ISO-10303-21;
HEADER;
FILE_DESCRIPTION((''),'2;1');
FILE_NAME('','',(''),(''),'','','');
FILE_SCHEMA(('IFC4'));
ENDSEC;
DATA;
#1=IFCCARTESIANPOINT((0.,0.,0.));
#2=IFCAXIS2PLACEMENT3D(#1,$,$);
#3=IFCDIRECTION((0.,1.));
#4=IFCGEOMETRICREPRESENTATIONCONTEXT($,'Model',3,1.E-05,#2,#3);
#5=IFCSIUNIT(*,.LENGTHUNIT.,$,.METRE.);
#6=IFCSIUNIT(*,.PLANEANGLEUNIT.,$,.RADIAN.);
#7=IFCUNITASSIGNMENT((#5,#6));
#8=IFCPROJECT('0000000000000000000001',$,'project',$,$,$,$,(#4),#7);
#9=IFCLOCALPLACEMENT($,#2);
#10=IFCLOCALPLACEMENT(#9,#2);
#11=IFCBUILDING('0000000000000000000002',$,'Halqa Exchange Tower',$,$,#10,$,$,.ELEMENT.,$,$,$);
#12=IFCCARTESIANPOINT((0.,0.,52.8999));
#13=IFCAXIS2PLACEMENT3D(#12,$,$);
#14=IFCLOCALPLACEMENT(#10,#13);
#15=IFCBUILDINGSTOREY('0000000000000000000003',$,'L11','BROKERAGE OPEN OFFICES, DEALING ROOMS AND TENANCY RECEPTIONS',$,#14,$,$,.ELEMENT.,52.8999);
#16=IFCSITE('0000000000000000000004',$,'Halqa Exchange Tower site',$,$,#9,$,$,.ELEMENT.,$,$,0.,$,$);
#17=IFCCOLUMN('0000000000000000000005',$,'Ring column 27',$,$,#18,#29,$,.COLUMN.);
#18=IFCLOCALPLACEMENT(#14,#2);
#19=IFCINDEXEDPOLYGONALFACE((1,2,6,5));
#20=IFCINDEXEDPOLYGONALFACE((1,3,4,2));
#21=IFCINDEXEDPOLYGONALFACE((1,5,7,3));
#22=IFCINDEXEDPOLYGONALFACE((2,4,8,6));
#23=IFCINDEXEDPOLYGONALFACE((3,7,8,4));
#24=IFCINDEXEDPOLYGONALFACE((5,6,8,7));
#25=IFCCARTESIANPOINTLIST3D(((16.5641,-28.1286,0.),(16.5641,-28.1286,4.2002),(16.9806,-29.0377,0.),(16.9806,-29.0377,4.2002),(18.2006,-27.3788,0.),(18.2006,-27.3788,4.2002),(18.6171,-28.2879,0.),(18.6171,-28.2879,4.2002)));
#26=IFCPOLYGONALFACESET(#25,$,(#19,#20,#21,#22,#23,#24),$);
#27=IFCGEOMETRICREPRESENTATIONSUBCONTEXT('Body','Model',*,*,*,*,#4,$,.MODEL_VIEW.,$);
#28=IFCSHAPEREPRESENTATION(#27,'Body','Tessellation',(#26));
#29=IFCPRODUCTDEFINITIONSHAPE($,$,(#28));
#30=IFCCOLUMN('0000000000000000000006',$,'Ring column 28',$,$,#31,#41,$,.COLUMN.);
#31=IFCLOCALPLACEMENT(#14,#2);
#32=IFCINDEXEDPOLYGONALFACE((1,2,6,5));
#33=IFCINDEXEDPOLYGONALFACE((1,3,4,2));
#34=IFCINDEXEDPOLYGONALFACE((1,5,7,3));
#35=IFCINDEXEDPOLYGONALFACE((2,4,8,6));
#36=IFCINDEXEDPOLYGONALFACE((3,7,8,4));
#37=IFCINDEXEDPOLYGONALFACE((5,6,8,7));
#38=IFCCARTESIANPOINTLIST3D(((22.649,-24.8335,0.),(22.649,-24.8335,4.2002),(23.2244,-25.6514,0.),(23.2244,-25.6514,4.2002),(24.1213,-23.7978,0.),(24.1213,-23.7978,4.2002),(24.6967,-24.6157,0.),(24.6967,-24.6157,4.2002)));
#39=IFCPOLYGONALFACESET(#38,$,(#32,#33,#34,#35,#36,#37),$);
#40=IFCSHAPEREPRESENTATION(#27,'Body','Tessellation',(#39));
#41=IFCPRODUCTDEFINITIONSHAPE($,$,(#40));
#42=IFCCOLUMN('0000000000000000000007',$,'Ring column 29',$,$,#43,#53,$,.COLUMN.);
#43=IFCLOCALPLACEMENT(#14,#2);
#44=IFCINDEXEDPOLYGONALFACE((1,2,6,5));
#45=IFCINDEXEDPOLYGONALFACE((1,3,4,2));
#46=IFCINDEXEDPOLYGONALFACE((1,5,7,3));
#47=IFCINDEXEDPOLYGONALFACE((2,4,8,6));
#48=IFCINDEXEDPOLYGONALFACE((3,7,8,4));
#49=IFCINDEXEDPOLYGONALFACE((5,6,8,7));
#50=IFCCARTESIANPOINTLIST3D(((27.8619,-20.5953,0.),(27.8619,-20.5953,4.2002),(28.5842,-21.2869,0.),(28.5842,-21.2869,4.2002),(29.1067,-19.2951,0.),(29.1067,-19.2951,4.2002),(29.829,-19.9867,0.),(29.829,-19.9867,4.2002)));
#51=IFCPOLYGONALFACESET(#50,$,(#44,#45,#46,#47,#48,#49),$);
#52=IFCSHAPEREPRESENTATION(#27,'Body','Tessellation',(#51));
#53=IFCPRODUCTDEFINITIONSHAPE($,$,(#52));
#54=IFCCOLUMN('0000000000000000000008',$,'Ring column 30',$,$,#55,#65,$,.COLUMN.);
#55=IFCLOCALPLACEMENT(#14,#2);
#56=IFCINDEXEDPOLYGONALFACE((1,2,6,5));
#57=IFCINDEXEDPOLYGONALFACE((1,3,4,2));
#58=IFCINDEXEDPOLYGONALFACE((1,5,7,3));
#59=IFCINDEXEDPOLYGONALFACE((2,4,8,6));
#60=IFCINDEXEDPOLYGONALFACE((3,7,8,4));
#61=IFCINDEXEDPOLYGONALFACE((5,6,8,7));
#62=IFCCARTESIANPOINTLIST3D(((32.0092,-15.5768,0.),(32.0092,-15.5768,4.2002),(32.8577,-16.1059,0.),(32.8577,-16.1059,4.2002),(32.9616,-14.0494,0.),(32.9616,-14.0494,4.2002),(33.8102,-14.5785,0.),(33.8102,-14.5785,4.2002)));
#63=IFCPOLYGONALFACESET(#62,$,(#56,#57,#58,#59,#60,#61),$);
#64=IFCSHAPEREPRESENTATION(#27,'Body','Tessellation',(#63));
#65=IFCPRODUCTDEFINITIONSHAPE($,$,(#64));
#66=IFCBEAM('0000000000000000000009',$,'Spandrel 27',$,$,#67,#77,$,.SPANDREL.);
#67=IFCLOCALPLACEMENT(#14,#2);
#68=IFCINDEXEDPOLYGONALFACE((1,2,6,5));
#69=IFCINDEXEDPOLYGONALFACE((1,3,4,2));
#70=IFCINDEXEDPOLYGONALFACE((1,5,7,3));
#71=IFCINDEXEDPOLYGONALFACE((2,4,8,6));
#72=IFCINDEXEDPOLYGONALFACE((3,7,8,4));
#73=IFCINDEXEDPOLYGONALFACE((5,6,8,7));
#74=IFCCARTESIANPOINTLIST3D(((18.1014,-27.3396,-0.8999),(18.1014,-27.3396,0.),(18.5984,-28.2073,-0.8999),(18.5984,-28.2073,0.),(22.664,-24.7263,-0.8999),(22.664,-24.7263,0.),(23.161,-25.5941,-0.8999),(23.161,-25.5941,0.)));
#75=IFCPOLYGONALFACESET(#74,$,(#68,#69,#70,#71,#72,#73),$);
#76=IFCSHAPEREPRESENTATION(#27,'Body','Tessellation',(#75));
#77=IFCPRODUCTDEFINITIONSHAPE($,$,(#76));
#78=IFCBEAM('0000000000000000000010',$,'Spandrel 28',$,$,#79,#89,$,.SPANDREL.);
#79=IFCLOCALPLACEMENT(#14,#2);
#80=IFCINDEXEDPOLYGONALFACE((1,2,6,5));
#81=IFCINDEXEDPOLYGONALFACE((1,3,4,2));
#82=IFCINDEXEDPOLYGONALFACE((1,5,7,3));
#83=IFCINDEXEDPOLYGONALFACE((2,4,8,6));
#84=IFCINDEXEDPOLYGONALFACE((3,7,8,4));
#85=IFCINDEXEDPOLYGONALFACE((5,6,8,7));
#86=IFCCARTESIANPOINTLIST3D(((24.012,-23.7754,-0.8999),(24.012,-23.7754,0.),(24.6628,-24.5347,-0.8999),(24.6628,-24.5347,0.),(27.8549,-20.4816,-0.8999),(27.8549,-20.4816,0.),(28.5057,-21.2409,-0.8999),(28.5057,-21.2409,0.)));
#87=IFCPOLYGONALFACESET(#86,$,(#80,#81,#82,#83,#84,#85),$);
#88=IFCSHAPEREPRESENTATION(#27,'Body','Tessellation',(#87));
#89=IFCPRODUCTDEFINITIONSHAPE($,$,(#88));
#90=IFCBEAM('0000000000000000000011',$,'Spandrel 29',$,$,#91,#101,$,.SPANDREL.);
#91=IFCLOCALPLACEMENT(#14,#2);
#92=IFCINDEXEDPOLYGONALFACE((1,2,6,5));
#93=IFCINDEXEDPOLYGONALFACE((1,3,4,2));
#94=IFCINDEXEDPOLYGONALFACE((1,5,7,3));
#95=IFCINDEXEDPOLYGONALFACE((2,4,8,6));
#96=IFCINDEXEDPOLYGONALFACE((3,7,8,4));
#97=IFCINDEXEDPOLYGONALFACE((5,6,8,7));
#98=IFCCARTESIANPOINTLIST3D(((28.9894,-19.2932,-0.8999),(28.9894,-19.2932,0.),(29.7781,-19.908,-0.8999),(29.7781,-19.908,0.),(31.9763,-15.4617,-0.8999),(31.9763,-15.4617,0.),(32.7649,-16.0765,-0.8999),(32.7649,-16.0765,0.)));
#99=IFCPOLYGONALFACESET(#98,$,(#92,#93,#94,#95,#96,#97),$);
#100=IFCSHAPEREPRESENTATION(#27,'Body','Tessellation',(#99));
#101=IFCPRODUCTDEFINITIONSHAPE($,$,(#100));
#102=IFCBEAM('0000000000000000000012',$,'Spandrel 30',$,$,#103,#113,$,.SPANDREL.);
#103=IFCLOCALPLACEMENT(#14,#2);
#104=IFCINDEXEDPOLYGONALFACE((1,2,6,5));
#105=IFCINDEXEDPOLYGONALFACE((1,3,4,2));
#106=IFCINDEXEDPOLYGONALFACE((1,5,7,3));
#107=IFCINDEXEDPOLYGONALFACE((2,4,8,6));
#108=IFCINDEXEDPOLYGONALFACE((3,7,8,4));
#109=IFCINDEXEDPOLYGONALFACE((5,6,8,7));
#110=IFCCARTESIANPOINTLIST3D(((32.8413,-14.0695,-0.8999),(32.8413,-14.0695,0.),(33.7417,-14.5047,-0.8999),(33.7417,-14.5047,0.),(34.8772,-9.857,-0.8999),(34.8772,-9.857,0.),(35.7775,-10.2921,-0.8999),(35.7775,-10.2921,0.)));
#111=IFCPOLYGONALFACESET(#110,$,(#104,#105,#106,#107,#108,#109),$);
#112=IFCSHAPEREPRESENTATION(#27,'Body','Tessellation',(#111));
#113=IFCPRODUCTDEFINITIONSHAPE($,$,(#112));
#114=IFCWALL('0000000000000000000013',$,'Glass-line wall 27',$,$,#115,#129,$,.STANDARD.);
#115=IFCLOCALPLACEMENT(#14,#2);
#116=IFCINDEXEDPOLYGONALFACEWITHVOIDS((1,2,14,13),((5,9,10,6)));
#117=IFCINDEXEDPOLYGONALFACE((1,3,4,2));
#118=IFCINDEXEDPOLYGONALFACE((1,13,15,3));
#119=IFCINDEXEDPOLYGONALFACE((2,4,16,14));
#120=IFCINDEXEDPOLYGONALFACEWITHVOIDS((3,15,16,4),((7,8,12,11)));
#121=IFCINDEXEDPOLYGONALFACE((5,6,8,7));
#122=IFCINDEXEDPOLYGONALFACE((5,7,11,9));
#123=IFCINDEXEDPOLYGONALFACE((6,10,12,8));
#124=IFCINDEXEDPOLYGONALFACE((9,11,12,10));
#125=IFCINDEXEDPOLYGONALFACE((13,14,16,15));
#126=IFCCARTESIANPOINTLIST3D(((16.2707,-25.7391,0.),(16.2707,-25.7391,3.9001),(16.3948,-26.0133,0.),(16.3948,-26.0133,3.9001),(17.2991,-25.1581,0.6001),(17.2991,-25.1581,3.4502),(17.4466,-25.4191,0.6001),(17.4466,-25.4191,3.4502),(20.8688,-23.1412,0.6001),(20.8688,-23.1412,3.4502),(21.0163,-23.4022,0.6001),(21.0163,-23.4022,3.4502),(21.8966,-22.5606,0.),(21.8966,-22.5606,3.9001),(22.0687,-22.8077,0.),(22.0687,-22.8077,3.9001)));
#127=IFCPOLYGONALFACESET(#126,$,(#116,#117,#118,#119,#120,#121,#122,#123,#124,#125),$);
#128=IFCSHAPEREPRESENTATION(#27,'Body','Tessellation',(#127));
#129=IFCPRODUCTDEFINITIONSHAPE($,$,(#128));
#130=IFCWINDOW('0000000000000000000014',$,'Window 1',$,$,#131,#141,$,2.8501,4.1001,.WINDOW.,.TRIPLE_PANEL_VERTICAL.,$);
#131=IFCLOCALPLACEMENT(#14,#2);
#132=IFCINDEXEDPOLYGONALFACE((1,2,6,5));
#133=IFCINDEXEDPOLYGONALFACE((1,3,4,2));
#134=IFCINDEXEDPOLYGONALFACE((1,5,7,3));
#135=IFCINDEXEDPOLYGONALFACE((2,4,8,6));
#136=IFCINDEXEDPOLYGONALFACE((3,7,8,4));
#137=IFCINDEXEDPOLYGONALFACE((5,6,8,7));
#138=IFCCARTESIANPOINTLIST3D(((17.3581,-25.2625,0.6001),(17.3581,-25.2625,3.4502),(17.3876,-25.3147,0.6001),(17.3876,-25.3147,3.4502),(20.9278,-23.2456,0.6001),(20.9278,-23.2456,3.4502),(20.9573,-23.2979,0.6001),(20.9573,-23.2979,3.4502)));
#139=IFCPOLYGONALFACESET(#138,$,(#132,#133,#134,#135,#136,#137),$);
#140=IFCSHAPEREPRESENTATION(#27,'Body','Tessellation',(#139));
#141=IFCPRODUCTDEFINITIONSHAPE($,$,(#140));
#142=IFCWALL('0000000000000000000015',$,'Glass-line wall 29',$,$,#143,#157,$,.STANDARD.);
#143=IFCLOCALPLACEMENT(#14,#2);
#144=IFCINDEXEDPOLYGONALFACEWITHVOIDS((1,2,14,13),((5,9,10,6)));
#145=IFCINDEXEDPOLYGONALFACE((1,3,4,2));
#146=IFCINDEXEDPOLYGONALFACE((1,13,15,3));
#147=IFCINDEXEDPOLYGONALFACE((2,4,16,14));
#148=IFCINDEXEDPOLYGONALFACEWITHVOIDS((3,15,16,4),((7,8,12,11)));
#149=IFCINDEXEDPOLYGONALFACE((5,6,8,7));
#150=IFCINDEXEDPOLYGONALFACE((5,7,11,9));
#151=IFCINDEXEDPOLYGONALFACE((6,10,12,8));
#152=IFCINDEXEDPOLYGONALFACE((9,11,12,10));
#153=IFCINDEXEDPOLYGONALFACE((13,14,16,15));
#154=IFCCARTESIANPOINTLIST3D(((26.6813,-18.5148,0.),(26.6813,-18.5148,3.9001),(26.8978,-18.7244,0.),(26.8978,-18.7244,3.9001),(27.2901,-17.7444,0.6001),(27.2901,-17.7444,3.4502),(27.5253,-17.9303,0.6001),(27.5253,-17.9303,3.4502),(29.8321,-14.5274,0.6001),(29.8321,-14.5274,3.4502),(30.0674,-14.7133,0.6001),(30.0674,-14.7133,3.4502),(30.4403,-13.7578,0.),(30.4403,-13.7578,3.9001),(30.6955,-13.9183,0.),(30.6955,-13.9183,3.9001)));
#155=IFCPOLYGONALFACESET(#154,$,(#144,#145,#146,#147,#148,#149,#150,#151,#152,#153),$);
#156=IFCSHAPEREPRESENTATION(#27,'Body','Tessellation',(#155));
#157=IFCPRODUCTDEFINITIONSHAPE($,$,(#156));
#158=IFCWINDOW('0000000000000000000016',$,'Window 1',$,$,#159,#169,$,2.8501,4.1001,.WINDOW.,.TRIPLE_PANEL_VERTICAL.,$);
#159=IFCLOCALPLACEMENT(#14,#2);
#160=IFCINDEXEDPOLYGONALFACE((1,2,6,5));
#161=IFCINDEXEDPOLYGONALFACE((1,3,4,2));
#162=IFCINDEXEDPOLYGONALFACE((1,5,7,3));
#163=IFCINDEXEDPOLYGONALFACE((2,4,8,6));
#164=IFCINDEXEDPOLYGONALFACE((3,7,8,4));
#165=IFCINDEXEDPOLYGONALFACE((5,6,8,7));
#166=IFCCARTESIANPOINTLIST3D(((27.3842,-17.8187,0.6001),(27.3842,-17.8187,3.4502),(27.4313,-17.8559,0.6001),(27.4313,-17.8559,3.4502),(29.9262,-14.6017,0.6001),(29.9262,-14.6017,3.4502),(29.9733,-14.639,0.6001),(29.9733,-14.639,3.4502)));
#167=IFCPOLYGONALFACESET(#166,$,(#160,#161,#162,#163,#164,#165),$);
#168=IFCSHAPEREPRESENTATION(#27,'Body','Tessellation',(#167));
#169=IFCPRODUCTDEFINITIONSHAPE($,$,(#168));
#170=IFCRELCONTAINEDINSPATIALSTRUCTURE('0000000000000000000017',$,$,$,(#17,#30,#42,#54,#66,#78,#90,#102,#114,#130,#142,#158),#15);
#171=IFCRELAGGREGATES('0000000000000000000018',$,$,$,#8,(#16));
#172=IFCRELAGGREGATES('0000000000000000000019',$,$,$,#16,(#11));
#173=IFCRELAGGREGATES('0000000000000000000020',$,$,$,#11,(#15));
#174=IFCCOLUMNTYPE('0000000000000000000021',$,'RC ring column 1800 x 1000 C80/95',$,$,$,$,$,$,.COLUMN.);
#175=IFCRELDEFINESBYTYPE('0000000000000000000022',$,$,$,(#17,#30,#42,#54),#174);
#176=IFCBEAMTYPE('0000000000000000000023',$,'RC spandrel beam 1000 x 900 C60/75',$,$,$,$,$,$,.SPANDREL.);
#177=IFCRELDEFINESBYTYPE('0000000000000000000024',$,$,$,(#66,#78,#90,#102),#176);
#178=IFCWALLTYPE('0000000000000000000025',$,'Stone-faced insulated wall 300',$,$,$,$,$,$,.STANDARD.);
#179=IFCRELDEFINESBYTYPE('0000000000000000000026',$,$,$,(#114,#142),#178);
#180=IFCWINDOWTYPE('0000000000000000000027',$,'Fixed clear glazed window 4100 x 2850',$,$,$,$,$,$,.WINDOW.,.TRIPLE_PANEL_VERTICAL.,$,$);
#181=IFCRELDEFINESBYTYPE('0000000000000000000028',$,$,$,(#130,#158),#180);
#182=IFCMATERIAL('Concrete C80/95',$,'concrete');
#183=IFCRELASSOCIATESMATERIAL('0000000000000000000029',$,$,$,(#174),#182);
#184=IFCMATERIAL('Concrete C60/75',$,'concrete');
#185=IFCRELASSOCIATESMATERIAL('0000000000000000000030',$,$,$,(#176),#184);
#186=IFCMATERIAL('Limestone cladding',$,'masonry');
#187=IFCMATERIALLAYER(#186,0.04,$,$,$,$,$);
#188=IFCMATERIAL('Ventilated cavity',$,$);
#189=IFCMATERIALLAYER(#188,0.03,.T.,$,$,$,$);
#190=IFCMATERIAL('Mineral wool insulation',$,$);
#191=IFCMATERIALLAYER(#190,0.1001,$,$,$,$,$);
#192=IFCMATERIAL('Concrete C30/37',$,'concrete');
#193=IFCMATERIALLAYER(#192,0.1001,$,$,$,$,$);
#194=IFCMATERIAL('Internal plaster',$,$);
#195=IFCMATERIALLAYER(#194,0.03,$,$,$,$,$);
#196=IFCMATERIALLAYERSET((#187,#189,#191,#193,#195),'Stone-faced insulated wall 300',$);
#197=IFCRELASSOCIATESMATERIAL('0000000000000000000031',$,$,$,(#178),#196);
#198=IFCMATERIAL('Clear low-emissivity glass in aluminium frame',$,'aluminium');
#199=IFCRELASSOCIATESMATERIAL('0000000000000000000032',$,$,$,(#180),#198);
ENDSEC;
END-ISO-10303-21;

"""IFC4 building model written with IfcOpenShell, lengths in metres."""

from ifc_helpers import new_model, si_unit, direction, frame, frame_2d, origin, origin_2d, place, context, subcontext, project, spatial, polyline, rectangle, outline, extrude, material, layer, layer_set, material_profile, profile_set, type_object, element, fill, save


model = new_model("IFC4")

# Units and contexts
model_context = context("Model", 3, precision=1e-05, world=origin(), true_north=direction((0.0, 1.0)))
body_context = subcontext(model_context, "Body", "Model", "MODEL_VIEW")
ifc_project = project(units=[si_unit("LENGTHUNIT", "METRE"), si_unit("PLANEANGLEUNIT", "RADIAN")], contexts=[model_context])

# Site, building, storey
site_placement = place(None, origin())
site = spatial("IfcSite", under=ifc_project, at=site_placement, Name="Halqa Exchange Tower site", CompositionType="ELEMENT", RefElevation=0.0)
building_placement = place(site_placement, origin())
building = spatial("IfcBuilding", under=site, at=building_placement, Name="Halqa Exchange Tower", CompositionType="ELEMENT")
storey_placement = place(building_placement, frame((0.0, 0.0, 52.8999)))
storey = spatial("IfcBuildingStorey", under=building, at=storey_placement, Name="L11", Description="BROKERAGE OPEN OFFICES, DEALING ROOMS AND TENANCY RECEPTIONS", CompositionType="ELEMENT", Elevation=52.8999)

# Columns
ifc_material_1 = material(Name="Concrete C80/95", Category="concrete")
ifc_material_profile_1 = material_profile(ifc_material_1, rectangle(XDim=1.8, YDim=1.0, at=origin_2d()), Name="1800 x 1000")
ifc_profile_set_1 = profile_set([ifc_material_profile_1], Name="Concrete C80/95")
column_type = type_object("IfcColumnType", Name="RC ring column 1800 x 1000 C80/95", PredefinedType="COLUMN", material=ifc_profile_set_1)
for number, where, z_axis, x_axis, name in (
    (1, (17.5906, -28.2083, 0.0), (0.0, 0.0, 1.0), (0.909127, 0.416519, 0.0), "Ring column 27"),
    (2, (23.6729, -24.7246, 0.0), (0.0, 0.0, 1.0), (0.817909, 0.575348, 0.0), "Ring column 28"),
    (3, (28.8455, -20.291, 0.0), (0.0, 0.0, 1.0), (0.691576, 0.722304, 0.0), "Ring column 29"),
    (4, (32.9097, -15.0776, 0.0), (0.0, 0.0, 1.0), (0.529143, 0.848532, 0.0), "Ring column 30"),
):
    element("IfcColumn", number, at=place(storey_placement, frame(where, z_axis=z_axis, x_axis=x_axis)), inside=storey, type_object=column_type, Name=name, PredefinedType="COLUMN", context=body_context, shape_type="SweptSolid", body=[
        extrude(rectangle(XDim=1.8, YDim=1.0, at=origin_2d()), origin(), (0.0, 0.0, 1.0), 4.2002),
    ])

# Beams
ifc_material_2 = material(Name="Concrete C60/75", Category="concrete")
ifc_material_profile_2 = material_profile(ifc_material_2, rectangle(XDim=1.0, YDim=0.8999, at=origin_2d()), Name="1000 x 900")
ifc_profile_set_2 = profile_set([ifc_material_profile_2], Name="Concrete C60/75")
beam_type = type_object("IfcBeamType", Name="RC spandrel beam 1000 x 900 C60/75", PredefinedType="SPANDREL", material=ifc_profile_set_2)
beam_1_placement = place(storey_placement, frame((18.3499, -27.7734, -0.45), z_axis=(0.867751, 0.496999, 0.0), x_axis=(-0.496999, 0.867751, 0.0)))
element("IfcBeam", 5, at=beam_1_placement, inside=storey, type_object=beam_type, Name="Spandrel 27", PredefinedType="SPANDREL", context=body_context, shape_type="SweptSolid", body=[
    extrude(rectangle(XDim=1.0, YDim=0.8999, at=origin_2d()), origin(), (0.0, 0.0, 1.0), 5.2581),
])
beam_2_placement = place(storey_placement, frame((24.3374, -24.155, -0.45), z_axis=(0.759267, 0.650779, 0.0), x_axis=(-0.650779, 0.759267, 0.0)))
element("IfcBeam", 6, at=beam_2_placement, inside=storey, type_object=beam_type, Name="Spandrel 28", PredefinedType="SPANDREL", context=body_context, shape_type="SweptSolid", body=[
    extrude(rectangle(XDim=1.0, YDim=0.8999, at=origin_2d()), origin(), (0.0, 0.0, 1.0), 5.0613),
])
beam_3_placement = place(storey_placement, frame((29.3838, -19.6006, -0.45), z_axis=(0.614803, 0.788681, 0.0), x_axis=(-0.788681, 0.614803, 0.0)))
element("IfcBeam", 7, at=beam_3_placement, inside=storey, type_object=beam_type, Name="Spandrel 29", PredefinedType="SPANDREL", context=body_context, shape_type="SweptSolid", body=[
    extrude(rectangle(XDim=1.0, YDim=0.8999, at=origin_2d()), origin(), (0.0, 0.0, 1.0), 4.8582),
])
beam_4_placement = place(storey_placement, frame((33.2915, -14.2871, -0.45), z_axis=(0.43513, 0.900368, 0.0), x_axis=(-0.900368, 0.43513, 0.0)))
element("IfcBeam", 8, at=beam_4_placement, inside=storey, type_object=beam_type, Name="Spandrel 30", PredefinedType="SPANDREL", context=body_context, shape_type="SweptSolid", body=[
    extrude(rectangle(XDim=1.0, YDim=0.8999, at=origin_2d()), origin(), (0.0, 0.0, 1.0), 4.6787),
])

# Wall, opening, window
ifc_material_3 = material(Name="Limestone cladding", Category="masonry")
ifc_layer_1 = layer(ifc_material_3, 0.04)
ifc_material_4 = material(Name="Ventilated cavity")
ifc_layer_2 = layer(ifc_material_4, 0.03, ventilated=True)
ifc_material_5 = material(Name="Mineral wool insulation")
ifc_layer_3 = layer(ifc_material_5, 0.1001)
ifc_material_6 = material(Name="Concrete C30/37", Category="concrete")
ifc_layer_4 = layer(ifc_material_6, 0.1001)
ifc_material_7 = material(Name="Internal plaster")
ifc_layer_5 = layer(ifc_material_7, 0.03)
ifc_layer_set_1 = layer_set([ifc_layer_1, ifc_layer_2, ifc_layer_3, ifc_layer_4, ifc_layer_5], Name="Stone-faced insulated wall 300")
wall_type_1 = type_object("IfcWallType", Name="Stone-faced insulated wall 300", PredefinedType="STANDARD", material=ifc_layer_set_1)
wall_1_placement = place(storey_placement, frame((16.3328, -25.8762, 0.0), z_axis=(0.0, 0.0, 1.0), x_axis=(0.870648, 0.491907, 0.0)))
wall_1 = element("IfcWall", 9, at=wall_1_placement, inside=storey, type_object=wall_type_1, Name="Glass-line wall 27", PredefinedType="STANDARD", context=body_context, shape_type="SweptSolid", body=[
    extrude(outline(polyline([(-0.0134, -0.1499), (6.5034, -0.1499), (6.4751, 0.1499), (0.0134, 0.1499), (-0.0134, -0.1499)])), origin(), (0.0, 0.0, 1.0), 3.9001),
])
opening_1_placement = place(wall_1_placement, frame((1.1946, 0.0, 0.6001)))
opening_1 = element("IfcOpeningElement", 10, at=opening_1_placement, cuts=wall_1, PredefinedType="OPENING", context=body_context, shape_type="SweptSolid", body=[
    extrude(rectangle(XDim=4.1001, YDim=2.8501, at=frame_2d((2.05, 1.425))), frame((0.0, 0.1621, 0.0), z_axis=(0.0, -1.0, 0.0), x_axis=(1.0, 0.0, 0.0)), (0.0, 0.0, 1.0), 0.324),
])
ifc_material_8 = material(Name="Clear low-emissivity glass in aluminium frame", Category="aluminium")
window_type = type_object("IfcWindowType", Name="Fixed clear glazed window 4100 x 2850", PartitioningType="TRIPLE_PANEL_VERTICAL", PredefinedType="WINDOW", material=ifc_material_8)
window_1_placement = place(opening_1_placement, origin())
window_1 = element("IfcWindow", 11, at=window_1_placement, inside=storey, type_object=window_type, Name="Window 1", OverallHeight=2.8501, OverallWidth=4.1001, PartitioningType="TRIPLE_PANEL_VERTICAL", PredefinedType="WINDOW", context=body_context, shape_type="SweptSolid", body=[
    extrude(rectangle(XDim=4.1001, YDim=2.8501, at=frame_2d((2.05, 1.425))), frame((0.0, 0.03, 0.0), z_axis=(0.0, -1.0, 0.0), x_axis=(1.0, 0.0, 0.0)), (0.0, 0.0, 1.0), 0.0601),
])
fill(opening_1, window_1)

# Wall, opening, window
wall_2_placement = place(storey_placement, frame((26.7896, -18.6196, 0.0), z_axis=(0.0, 0.0, 1.0), x_axis=(0.619994, 0.784607, 0.0)))
wall_2 = element("IfcWall", 12, at=wall_2_placement, inside=storey, type_object=wall_type_1, Name="Glass-line wall 29", PredefinedType="STANDARD", context=body_context, shape_type="SweptSolid", body=[
    extrude(outline(polyline([(-0.0151, -0.1499), (6.1104, -0.1499), (6.0781, 0.1499), (0.0151, 0.1499), (-0.0151, -0.1499)])), origin(), (0.0, 0.0, 1.0), 3.9001),
])
opening_2_placement = place(wall_2_placement, frame((0.9971, 0.0, 0.6001)))
opening_2 = element("IfcOpeningElement", 13, at=opening_2_placement, cuts=wall_2, PredefinedType="OPENING", context=body_context, shape_type="SweptSolid", body=[
    extrude(rectangle(XDim=4.1001, YDim=2.8501, at=frame_2d((2.05, 1.425))), frame((0.0, 0.1621, 0.0), z_axis=(0.0, -1.0, 0.0), x_axis=(1.0, 0.0, 0.0)), (0.0, 0.0, 1.0), 0.324),
])
window_2_placement = place(opening_2_placement, origin())
window_2 = element("IfcWindow", 14, at=window_2_placement, inside=storey, type_object=window_type, Name="Window 1", OverallHeight=2.8501, OverallWidth=4.1001, PartitioningType="TRIPLE_PANEL_VERTICAL", PredefinedType="WINDOW", context=body_context, shape_type="SweptSolid", body=[
    extrude(rectangle(XDim=4.1001, YDim=2.8501, at=frame_2d((2.05, 1.425))), frame((0.0, 0.03, 0.0), z_axis=(0.0, -1.0, 0.0), x_axis=(1.0, 0.0, 0.0)), (0.0, 0.0, 1.0), 0.0601),
])
fill(opening_2, window_2)

save(model, "model.ifc")
